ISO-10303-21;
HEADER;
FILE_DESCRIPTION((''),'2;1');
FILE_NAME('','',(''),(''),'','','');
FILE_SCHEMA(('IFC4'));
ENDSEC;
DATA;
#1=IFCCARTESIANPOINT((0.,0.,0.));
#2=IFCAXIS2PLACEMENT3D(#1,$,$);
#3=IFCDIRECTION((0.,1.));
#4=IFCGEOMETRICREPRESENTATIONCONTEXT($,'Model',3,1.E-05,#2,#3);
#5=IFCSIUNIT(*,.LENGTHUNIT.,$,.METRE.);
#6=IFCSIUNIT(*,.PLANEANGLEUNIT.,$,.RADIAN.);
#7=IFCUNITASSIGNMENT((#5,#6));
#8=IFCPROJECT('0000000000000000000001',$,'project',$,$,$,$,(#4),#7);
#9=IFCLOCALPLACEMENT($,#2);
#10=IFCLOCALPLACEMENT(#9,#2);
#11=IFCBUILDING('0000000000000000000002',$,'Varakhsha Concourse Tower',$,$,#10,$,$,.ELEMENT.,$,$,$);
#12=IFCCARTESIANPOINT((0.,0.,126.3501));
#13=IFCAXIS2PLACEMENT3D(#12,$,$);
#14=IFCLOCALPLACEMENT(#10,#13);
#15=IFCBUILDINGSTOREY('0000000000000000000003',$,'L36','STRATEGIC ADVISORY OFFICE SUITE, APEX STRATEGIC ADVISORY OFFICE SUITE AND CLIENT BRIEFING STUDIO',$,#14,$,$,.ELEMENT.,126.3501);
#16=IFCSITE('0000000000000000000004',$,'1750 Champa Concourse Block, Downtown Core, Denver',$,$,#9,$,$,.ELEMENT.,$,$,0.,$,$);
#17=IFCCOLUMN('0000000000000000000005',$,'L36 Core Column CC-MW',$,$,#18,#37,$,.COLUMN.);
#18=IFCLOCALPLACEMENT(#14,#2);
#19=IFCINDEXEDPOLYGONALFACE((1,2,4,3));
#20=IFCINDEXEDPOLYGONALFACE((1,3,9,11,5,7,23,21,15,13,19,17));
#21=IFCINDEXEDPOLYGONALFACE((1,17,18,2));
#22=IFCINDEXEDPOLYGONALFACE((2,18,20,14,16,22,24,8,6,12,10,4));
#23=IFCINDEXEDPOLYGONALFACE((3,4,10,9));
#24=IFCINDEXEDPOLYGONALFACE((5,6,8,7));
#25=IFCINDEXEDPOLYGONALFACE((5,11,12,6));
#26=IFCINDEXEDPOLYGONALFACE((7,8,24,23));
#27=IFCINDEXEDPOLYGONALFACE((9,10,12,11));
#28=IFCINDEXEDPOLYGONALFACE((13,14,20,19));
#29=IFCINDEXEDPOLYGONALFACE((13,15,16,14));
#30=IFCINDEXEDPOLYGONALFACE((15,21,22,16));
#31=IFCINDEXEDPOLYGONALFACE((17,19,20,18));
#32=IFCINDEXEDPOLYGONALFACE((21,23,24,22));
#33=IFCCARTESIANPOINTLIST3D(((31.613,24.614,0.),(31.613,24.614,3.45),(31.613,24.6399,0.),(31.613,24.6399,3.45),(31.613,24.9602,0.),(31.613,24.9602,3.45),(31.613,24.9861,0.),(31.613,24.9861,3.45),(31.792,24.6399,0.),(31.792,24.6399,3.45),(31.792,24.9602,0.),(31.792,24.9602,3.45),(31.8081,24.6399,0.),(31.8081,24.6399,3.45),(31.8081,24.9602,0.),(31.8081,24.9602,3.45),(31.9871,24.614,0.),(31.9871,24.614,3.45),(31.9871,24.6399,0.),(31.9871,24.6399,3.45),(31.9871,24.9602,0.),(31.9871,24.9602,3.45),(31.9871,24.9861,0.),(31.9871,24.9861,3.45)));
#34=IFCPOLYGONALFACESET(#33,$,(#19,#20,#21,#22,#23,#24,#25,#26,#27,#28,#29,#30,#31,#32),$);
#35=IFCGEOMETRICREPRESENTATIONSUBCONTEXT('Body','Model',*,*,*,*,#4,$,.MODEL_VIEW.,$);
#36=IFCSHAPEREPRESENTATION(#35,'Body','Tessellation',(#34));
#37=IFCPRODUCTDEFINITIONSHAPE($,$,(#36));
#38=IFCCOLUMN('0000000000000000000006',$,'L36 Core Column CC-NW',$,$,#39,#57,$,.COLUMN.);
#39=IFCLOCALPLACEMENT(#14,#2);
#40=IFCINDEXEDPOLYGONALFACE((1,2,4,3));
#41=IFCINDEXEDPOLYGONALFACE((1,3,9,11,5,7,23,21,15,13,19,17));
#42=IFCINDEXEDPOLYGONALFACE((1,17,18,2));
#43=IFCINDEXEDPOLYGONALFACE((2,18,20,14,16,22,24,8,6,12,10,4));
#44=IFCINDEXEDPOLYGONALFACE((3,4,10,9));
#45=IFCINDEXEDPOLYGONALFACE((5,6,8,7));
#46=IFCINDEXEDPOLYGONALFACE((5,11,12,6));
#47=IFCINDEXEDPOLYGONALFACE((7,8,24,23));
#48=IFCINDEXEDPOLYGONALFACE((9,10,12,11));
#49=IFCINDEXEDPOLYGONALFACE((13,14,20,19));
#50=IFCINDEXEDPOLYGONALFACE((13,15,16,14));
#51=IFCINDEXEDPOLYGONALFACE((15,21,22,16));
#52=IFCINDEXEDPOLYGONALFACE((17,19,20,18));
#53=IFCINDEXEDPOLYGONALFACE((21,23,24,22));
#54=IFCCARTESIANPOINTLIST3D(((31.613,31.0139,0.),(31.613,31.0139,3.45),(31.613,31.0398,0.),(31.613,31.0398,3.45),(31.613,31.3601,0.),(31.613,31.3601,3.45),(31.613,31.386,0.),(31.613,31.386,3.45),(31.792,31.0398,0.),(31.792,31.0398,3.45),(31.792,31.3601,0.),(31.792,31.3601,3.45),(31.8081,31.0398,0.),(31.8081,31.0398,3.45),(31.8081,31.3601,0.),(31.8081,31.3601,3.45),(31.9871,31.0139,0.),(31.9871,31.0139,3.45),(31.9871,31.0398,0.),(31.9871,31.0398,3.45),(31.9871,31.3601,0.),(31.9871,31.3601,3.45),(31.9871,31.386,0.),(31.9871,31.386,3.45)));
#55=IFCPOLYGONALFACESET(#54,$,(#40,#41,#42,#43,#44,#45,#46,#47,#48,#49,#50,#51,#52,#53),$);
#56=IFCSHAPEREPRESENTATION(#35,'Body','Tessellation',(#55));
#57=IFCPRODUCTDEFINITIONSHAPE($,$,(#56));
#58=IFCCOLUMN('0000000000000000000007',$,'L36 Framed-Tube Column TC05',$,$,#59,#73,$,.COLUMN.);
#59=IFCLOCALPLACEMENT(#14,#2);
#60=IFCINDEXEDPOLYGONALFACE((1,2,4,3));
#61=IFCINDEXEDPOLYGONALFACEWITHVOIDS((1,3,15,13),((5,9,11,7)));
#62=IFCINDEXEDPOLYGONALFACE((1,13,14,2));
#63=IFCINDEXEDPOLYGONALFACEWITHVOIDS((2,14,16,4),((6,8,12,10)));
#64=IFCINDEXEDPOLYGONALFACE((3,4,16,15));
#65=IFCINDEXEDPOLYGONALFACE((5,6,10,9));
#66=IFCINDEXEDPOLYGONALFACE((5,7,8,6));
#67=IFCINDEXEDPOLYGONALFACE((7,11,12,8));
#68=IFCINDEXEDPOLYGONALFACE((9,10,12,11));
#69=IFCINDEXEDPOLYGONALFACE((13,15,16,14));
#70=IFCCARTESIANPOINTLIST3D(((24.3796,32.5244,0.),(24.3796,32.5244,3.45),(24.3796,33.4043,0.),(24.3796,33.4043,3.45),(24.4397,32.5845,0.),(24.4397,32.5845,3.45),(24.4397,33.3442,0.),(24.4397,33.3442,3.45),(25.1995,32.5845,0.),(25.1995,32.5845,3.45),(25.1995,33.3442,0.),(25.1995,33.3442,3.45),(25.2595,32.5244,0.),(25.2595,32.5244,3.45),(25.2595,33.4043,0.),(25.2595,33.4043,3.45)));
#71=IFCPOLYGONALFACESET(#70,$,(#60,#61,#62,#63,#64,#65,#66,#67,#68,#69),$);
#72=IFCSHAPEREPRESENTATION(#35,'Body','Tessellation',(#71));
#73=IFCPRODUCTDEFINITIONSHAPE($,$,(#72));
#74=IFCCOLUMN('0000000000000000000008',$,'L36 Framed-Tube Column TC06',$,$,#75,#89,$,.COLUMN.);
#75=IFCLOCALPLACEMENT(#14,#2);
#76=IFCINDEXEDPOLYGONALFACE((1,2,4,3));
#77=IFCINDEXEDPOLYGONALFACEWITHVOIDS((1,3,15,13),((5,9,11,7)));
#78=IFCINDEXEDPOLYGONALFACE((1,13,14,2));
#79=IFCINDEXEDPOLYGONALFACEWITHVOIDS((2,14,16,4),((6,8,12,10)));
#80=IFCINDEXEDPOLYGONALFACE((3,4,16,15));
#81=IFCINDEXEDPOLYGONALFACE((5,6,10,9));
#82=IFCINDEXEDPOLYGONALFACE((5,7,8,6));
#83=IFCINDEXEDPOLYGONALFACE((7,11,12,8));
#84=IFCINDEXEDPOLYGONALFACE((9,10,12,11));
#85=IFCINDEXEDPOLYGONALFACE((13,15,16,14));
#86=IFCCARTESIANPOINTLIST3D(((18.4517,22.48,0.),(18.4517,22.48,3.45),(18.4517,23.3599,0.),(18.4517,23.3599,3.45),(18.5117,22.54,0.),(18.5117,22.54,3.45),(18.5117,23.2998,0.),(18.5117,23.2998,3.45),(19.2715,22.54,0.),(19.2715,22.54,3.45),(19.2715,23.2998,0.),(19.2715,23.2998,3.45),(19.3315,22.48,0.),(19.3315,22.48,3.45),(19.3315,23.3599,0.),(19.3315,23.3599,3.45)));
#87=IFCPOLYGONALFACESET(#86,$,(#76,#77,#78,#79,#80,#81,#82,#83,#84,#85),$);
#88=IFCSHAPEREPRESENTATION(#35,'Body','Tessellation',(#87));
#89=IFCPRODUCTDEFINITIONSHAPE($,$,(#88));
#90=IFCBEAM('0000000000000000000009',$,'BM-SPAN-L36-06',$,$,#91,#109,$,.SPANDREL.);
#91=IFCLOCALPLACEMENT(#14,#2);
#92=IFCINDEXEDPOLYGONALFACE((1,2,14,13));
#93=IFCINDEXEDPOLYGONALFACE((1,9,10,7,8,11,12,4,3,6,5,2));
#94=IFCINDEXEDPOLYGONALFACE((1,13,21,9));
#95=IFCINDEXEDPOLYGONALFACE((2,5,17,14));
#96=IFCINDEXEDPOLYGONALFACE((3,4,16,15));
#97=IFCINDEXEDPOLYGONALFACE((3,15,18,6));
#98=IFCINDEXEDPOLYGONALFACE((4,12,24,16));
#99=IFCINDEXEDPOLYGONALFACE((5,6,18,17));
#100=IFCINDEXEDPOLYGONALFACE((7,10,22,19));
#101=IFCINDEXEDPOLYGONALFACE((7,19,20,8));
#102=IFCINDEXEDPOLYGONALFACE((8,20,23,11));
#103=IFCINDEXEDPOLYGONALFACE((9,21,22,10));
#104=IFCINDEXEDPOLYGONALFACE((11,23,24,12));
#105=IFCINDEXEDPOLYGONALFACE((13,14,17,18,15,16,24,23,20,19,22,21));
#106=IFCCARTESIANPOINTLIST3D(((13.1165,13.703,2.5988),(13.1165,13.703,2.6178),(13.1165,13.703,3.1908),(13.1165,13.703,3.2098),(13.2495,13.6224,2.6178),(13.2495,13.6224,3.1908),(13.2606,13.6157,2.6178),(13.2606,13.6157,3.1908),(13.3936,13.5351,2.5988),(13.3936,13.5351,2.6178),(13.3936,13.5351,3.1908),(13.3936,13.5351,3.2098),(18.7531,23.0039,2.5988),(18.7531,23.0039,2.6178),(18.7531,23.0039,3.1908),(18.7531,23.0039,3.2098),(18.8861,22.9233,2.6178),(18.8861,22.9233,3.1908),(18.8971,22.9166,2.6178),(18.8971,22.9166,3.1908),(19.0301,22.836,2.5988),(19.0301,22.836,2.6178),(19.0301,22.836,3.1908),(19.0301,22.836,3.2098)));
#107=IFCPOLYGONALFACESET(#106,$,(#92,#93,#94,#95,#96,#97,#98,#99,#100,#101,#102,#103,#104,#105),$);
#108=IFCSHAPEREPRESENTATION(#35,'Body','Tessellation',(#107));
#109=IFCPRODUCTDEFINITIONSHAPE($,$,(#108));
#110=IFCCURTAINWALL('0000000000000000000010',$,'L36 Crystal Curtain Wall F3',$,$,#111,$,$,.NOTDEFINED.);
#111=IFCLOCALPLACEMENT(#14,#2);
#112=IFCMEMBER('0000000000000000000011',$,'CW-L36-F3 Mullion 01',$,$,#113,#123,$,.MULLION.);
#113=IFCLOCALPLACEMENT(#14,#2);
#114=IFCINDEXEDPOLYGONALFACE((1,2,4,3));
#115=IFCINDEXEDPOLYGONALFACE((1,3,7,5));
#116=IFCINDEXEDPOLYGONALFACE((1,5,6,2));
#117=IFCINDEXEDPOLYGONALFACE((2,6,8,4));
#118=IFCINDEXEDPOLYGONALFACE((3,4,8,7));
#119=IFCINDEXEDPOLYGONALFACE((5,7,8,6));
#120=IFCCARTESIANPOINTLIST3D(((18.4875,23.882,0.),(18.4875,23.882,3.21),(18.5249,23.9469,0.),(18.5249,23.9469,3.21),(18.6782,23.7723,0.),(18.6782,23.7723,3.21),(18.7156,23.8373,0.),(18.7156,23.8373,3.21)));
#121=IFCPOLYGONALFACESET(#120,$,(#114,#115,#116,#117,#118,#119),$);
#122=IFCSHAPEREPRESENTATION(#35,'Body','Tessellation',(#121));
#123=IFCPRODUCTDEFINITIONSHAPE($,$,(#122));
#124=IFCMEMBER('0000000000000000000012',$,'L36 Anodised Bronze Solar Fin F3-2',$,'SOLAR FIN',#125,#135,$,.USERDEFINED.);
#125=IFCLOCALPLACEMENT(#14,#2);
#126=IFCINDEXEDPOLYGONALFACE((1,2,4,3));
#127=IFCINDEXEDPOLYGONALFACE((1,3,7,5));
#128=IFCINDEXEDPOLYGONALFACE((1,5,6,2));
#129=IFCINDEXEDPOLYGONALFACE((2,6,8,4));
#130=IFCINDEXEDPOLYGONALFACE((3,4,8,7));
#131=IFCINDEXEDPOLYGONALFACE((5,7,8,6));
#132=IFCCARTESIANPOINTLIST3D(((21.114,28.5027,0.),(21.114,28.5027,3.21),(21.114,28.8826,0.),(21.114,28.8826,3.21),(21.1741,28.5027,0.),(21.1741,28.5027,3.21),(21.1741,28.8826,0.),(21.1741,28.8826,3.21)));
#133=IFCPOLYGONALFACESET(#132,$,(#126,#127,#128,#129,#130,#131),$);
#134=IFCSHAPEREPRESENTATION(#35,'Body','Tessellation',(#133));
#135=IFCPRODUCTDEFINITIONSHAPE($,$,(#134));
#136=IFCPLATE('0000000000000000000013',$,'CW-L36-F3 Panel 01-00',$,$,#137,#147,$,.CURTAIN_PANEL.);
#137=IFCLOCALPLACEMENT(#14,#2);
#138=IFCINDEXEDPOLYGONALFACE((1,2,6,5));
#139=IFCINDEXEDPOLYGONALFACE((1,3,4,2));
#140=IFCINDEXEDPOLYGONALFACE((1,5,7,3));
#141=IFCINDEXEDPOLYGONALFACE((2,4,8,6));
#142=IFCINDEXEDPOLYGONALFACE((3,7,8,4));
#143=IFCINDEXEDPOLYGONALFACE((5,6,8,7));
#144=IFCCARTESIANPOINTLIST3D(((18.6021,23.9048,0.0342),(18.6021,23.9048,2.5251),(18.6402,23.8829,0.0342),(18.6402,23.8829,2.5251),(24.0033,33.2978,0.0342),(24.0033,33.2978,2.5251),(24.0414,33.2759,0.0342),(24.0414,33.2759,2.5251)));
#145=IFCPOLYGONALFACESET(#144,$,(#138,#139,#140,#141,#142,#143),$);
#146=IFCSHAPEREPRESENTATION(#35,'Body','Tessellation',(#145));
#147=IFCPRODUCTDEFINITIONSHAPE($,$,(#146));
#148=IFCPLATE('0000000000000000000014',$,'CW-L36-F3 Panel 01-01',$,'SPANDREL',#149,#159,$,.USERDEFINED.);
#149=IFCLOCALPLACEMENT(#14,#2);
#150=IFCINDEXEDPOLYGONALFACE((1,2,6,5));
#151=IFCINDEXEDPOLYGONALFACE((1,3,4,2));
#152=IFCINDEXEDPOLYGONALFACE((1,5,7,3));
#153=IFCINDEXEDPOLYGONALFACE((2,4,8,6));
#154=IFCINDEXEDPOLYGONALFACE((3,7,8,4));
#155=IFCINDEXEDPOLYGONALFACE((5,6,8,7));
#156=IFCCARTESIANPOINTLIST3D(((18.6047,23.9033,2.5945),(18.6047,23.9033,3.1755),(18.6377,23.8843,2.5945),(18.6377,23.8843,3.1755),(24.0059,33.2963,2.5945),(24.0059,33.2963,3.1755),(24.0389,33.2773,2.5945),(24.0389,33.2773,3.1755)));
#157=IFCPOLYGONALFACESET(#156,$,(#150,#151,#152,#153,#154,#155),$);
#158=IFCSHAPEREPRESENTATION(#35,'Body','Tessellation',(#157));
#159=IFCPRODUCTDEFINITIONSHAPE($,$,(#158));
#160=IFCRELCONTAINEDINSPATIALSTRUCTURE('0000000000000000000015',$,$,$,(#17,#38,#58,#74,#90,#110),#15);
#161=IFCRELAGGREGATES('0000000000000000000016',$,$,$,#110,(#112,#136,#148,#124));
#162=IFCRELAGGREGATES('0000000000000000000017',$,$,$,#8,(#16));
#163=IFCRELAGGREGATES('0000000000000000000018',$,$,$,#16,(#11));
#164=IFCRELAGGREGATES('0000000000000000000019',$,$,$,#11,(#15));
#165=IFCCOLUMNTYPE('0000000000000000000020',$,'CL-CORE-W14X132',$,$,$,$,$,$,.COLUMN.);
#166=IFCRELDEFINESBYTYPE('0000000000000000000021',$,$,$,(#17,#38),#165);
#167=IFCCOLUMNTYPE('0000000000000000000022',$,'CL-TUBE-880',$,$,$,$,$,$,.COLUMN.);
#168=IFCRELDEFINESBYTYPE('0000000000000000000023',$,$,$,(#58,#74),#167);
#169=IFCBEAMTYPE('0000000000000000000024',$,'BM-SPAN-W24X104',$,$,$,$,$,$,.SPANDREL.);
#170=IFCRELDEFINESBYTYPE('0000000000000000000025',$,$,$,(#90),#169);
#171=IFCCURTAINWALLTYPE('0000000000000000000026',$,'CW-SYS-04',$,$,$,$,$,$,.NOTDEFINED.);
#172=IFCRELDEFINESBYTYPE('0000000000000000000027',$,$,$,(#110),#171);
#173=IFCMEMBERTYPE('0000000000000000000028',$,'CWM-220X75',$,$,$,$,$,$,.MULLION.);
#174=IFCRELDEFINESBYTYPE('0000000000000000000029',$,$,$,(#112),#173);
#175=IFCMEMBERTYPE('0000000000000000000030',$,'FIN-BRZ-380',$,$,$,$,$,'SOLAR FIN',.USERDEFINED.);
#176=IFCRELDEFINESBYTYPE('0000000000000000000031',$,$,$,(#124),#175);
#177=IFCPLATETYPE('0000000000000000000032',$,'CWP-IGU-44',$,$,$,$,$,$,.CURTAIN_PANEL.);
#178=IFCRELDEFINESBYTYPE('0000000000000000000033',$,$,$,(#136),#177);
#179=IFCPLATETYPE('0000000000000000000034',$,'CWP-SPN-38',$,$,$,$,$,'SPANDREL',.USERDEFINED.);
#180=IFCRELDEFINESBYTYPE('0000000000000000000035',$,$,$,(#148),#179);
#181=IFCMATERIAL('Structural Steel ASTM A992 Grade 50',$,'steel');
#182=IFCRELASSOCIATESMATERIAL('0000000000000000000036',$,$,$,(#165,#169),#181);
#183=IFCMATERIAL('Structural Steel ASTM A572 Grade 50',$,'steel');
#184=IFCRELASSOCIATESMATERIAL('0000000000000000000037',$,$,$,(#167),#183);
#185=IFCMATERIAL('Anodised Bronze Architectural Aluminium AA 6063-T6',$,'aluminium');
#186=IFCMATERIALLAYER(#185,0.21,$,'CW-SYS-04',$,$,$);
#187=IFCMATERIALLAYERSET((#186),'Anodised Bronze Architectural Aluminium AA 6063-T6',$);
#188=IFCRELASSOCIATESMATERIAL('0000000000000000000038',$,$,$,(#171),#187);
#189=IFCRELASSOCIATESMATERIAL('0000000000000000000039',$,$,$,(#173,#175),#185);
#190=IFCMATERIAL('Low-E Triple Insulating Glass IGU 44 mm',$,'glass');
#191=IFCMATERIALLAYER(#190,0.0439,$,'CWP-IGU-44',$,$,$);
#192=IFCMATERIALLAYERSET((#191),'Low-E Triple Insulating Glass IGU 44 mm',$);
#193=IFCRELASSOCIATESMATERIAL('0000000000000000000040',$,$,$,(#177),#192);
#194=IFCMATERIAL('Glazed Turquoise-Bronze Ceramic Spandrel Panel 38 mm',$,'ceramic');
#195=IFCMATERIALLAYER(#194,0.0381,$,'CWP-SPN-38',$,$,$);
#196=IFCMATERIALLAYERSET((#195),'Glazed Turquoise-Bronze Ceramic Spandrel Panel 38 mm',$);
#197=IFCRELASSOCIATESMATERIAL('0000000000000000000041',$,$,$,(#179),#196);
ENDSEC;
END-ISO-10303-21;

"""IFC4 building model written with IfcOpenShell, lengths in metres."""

from ifc_helpers import new_model, si_unit, direction, frame, origin, origin_2d, place, context, subcontext, project, spatial, rectangle, hollow_rectangle, i_section, extrude, source, transform, mapped, material, layer, layer_set, material_profile, profile_set, type_object, type_shapes, element, aggregate, save


model = new_model("IFC4")

# Units and contexts
model_context = context("Model", 3, precision=1e-05, world=origin(), true_north=direction((0.0, 1.0)))
body_context = subcontext(model_context, "Body", "Model", "MODEL_VIEW")
ifc_project = project(units=[si_unit("LENGTHUNIT", "METRE"), si_unit("PLANEANGLEUNIT", "RADIAN")], contexts=[model_context])

# Site, building, storey
site_placement = place(None, origin())
site = spatial("IfcSite", under=ifc_project, at=site_placement, Name="1750 Champa Concourse Block, Downtown Core, Denver", CompositionType="ELEMENT", RefElevation=0.0)
building_placement = place(site_placement, origin())
building = spatial("IfcBuilding", under=site, at=building_placement, Name="Varakhsha Concourse Tower", CompositionType="ELEMENT")
storey_placement = place(building_placement, frame((0.0, 0.0, 126.3501)))
storey = spatial("IfcBuildingStorey", under=building, at=storey_placement, Name="L36", Description="STRATEGIC ADVISORY OFFICE SUITE, APEX STRATEGIC ADVISORY OFFICE SUITE AND CLIENT BRIEFING STUDIO", CompositionType="ELEMENT", Elevation=126.3501)

# Columns
ifc_material_1 = material(Name="Structural Steel ASTM A992 Grade 50", Category="steel")
ifc_material_profile_1 = material_profile(ifc_material_1, i_section(OverallWidth=0.374, OverallDepth=0.3721, WebThickness=0.0161, FlangeThickness=0.0259, at=origin_2d()), Name="W14X132")
ifc_profile_set_1 = profile_set([ifc_material_profile_1], Name="Structural Steel ASTM A992 Grade 50")
column_type_1 = type_object("IfcColumnType", Name="CL-CORE-W14X132", PredefinedType="COLUMN", material=ifc_profile_set_1)
for number, where, z_axis, x_axis, name in (
    (1, (31.8, 24.8, 0.0), (0.0, 0.0, 1.0), (1.0, 0.0, 0.0), "L36 Core Column CC-MW"),
    (2, (31.8, 31.2, 0.0), (0.0, 0.0, 1.0), (1.0, 0.0, 0.0), "L36 Core Column CC-NW"),
):
    element("IfcColumn", number, at=place(storey_placement, frame(where, z_axis=z_axis, x_axis=x_axis)), inside=storey, type_object=column_type_1, Name=name, PredefinedType="COLUMN", context=body_context, shape_type="SweptSolid", body=[
        extrude(i_section(OverallWidth=0.374, OverallDepth=0.3721, WebThickness=0.0161, FlangeThickness=0.0259, at=origin_2d()), origin(), (0.0, 0.0, 1.0), 3.45),
    ])
ifc_material_2 = material(Name="Structural Steel ASTM A572 Grade 50", Category="steel")
ifc_material_profile_2 = material_profile(ifc_material_2, hollow_rectangle(XDim=0.8799, YDim=0.8799, WallThickness=0.0601, at=origin_2d()), Name="BOX 880x880x60")
ifc_profile_set_2 = profile_set([ifc_material_profile_2], Name="Structural Steel ASTM A572 Grade 50")
column_type_2 = type_object("IfcColumnType", Name="CL-TUBE-880", PredefinedType="COLUMN", material=ifc_profile_set_2)
for number, where, z_axis, x_axis, name in (
    (3, (24.8196, 32.9644, 0.0), (0.0, 0.0, 1.0), (1.0, 0.0, 0.0), "L36 Framed-Tube Column TC05"),
    (4, (18.8916, 22.9199, 0.0), (0.0, 0.0, 1.0), (1.0, 0.0, 0.0), "L36 Framed-Tube Column TC06"),
):
    element("IfcColumn", number, at=place(storey_placement, frame(where, z_axis=z_axis, x_axis=x_axis)), inside=storey, type_object=column_type_2, Name=name, PredefinedType="COLUMN", context=body_context, shape_type="SweptSolid", body=[
        extrude(hollow_rectangle(XDim=0.8799, YDim=0.8799, WallThickness=0.0601, at=origin_2d()), origin(), (0.0, 0.0, 1.0), 3.45),
    ])

# Beam
ifc_material_profile_3 = material_profile(ifc_material_1, i_section(OverallWidth=0.324, OverallDepth=0.6111, WebThickness=0.0129, FlangeThickness=0.019, at=origin_2d()), Name="W24X104")
ifc_profile_set_3 = profile_set([ifc_material_profile_3], Name="Structural Steel ASTM A992 Grade 50")
beam_type = type_object("IfcBeamType", Name="BM-SPAN-W24X104", PredefinedType="SPANDREL", material=ifc_profile_set_3)
beam_placement = place(storey_placement, frame((18.8916, 22.9199, 2.9043), z_axis=(-0.518277, -0.855213, 0.0), x_axis=(0.855213, -0.518277, 0.0)))
element("IfcBeam", 5, at=beam_placement, inside=storey, type_object=beam_type, Name="BM-SPAN-L36-06", PredefinedType="SPANDREL", context=body_context, shape_type="SweptSolid", body=[
    extrude(i_section(OverallWidth=0.324, OverallDepth=0.6111, WebThickness=0.0129, FlangeThickness=0.019, at=origin_2d()), origin(), (0.0, 0.0, 1.0), 10.8755),
])

# Curtain wall, members, plates
ifc_material_3 = material(Name="Anodised Bronze Architectural Aluminium AA 6063-T6", Category="aluminium")
ifc_layer_1 = layer(ifc_material_3, 0.21, Name="CW-SYS-04")
ifc_layer_set_1 = layer_set([ifc_layer_1], Name="Anodised Bronze Architectural Aluminium AA 6063-T6")
curtain_wall_type = type_object("IfcCurtainWallType", Name="CW-SYS-04", PredefinedType="NOTDEFINED", material=ifc_layer_set_1)
curtain_wall_placement = place(storey_placement, origin())
curtain_wall = element("IfcCurtainWall", 6, at=curtain_wall_placement, inside=storey, type_object=curtain_wall_type, Name="L36 Crystal Curtain Wall F3", PredefinedType="NOTDEFINED")
ifc_material_profile_4 = material_profile(ifc_material_3, rectangle(XDim=0.075, YDim=0.22, at=origin_2d()), Name="CWM-220X75")
ifc_profile_set_4 = profile_set([ifc_material_profile_4], Name="Anodised Bronze Architectural Aluminium AA 6063-T6")
member_type_1 = type_object("IfcMemberType", Name="CWM-220X75", PredefinedType="MULLION", material=ifc_profile_set_4)
shared_shape_1 = source(origin(), body_context, "Body", "SweptSolid", [
    extrude(rectangle(XDim=0.075, YDim=0.22, at=origin_2d()), origin(), (0.0, 0.0, 1.0), 3.21),
])
type_shapes(member_type_1, [shared_shape_1])
member_1_placement = place(storey_placement, frame((18.6016, 23.8596, 0.0), z_axis=(0.0, 0.0, 1.0), x_axis=(0.498489, 0.866896, 0.0)))
member_1 = element("IfcMember", 7, at=member_1_placement, type_object=member_type_1, Name="CW-L36-F3 Mullion 01", PredefinedType="MULLION", context=body_context, shape_type="MappedRepresentation", body=[
    mapped(shared_shape_1, transform((0.0, 0.0, 0.0), scale=1.0)),
])
ifc_material_profile_5 = material_profile(ifc_material_3, rectangle(XDim=0.0601, YDim=0.3799, at=origin_2d()), Name="FIN-BRZ-380")
ifc_profile_set_5 = profile_set([ifc_material_profile_5], Name="Anodised Bronze Architectural Aluminium AA 6063-T6")
member_type_2 = type_object("IfcMemberType", Name="FIN-BRZ-380", ElementType="SOLAR FIN", PredefinedType="USERDEFINED", material=ifc_profile_set_5)
shared_shape_2 = source(origin(), body_context, "Body", "SweptSolid", [
    extrude(rectangle(XDim=0.0601, YDim=0.3799, at=origin_2d()), origin(), (0.0, 0.0, 1.0), 3.21),
])
type_shapes(member_type_2, [shared_shape_2])
member_2_placement = place(storey_placement, frame((21.144, 28.6926, 0.0), z_axis=(0.0, 0.0, 1.0), x_axis=(1.0, 0.0, 0.0)))
member_2 = element("IfcMember", 8, at=member_2_placement, type_object=member_type_2, Name="L36 Anodised Bronze Solar Fin F3-2", ObjectType="SOLAR FIN", PredefinedType="USERDEFINED", context=body_context, shape_type="MappedRepresentation", body=[
    mapped(shared_shape_2, transform((0.0, 0.0, 0.0), scale=1.0)),
])
ifc_material_4 = material(Name="Low-E Triple Insulating Glass IGU 44 mm", Category="glass")
ifc_layer_2 = layer(ifc_material_4, 0.0439, Name="CWP-IGU-44")
ifc_layer_set_2 = layer_set([ifc_layer_2], Name="Low-E Triple Insulating Glass IGU 44 mm")
plate_type_1 = type_object("IfcPlateType", Name="CWP-IGU-44", PredefinedType="CURTAIN_PANEL", material=ifc_layer_set_2)
shared_shape_3 = source(origin(), body_context, "Body", "SweptSolid", [
    extrude(rectangle(XDim=10.8352, YDim=0.0439, at=origin_2d()), origin(), (0.0, 0.0, 1.0), 2.491),
])
type_shapes(plate_type_1, [shared_shape_3])
plate_1_placement = place(storey_placement, frame((21.3218, 28.5903, 0.0342), z_axis=(0.0, 0.0, 1.0), x_axis=(0.498489, 0.866896, 0.0)))
plate_1 = element("IfcPlate", 9, at=plate_1_placement, type_object=plate_type_1, Name="CW-L36-F3 Panel 01-00", PredefinedType="CURTAIN_PANEL", context=body_context, shape_type="MappedRepresentation", body=[
    mapped(shared_shape_3, transform((0.0, 0.0, 0.0), scale=1.0)),
])
ifc_material_5 = material(Name="Glazed Turquoise-Bronze Ceramic Spandrel Panel 38 mm", Category="ceramic")
ifc_layer_3 = layer(ifc_material_5, 0.0381, Name="CWP-SPN-38")
ifc_layer_set_3 = layer_set([ifc_layer_3], Name="Glazed Turquoise-Bronze Ceramic Spandrel Panel 38 mm")
plate_type_2 = type_object("IfcPlateType", Name="CWP-SPN-38", ElementType="SPANDREL", PredefinedType="USERDEFINED", material=ifc_layer_set_3)
shared_shape_4 = source(origin(), body_context, "Body", "SweptSolid", [
    extrude(rectangle(XDim=10.8352, YDim=0.0381, at=origin_2d()), origin(), (0.0, 0.0, 1.0), 0.5811),
])
type_shapes(plate_type_2, [shared_shape_4])
plate_2_placement = place(storey_placement, frame((21.3218, 28.5903, 2.5945), z_axis=(0.0, 0.0, 1.0), x_axis=(0.498489, 0.866896, 0.0)))
plate_2 = element("IfcPlate", 10, at=plate_2_placement, type_object=plate_type_2, Name="CW-L36-F3 Panel 01-01", ObjectType="SPANDREL", PredefinedType="USERDEFINED", context=body_context, shape_type="MappedRepresentation", body=[
    mapped(shared_shape_4, transform((0.0, 0.0, 0.0), scale=1.0)),
])
aggregate(curtain_wall, [member_1, plate_1, plate_2, member_2])

save(model, "model.ifc")
